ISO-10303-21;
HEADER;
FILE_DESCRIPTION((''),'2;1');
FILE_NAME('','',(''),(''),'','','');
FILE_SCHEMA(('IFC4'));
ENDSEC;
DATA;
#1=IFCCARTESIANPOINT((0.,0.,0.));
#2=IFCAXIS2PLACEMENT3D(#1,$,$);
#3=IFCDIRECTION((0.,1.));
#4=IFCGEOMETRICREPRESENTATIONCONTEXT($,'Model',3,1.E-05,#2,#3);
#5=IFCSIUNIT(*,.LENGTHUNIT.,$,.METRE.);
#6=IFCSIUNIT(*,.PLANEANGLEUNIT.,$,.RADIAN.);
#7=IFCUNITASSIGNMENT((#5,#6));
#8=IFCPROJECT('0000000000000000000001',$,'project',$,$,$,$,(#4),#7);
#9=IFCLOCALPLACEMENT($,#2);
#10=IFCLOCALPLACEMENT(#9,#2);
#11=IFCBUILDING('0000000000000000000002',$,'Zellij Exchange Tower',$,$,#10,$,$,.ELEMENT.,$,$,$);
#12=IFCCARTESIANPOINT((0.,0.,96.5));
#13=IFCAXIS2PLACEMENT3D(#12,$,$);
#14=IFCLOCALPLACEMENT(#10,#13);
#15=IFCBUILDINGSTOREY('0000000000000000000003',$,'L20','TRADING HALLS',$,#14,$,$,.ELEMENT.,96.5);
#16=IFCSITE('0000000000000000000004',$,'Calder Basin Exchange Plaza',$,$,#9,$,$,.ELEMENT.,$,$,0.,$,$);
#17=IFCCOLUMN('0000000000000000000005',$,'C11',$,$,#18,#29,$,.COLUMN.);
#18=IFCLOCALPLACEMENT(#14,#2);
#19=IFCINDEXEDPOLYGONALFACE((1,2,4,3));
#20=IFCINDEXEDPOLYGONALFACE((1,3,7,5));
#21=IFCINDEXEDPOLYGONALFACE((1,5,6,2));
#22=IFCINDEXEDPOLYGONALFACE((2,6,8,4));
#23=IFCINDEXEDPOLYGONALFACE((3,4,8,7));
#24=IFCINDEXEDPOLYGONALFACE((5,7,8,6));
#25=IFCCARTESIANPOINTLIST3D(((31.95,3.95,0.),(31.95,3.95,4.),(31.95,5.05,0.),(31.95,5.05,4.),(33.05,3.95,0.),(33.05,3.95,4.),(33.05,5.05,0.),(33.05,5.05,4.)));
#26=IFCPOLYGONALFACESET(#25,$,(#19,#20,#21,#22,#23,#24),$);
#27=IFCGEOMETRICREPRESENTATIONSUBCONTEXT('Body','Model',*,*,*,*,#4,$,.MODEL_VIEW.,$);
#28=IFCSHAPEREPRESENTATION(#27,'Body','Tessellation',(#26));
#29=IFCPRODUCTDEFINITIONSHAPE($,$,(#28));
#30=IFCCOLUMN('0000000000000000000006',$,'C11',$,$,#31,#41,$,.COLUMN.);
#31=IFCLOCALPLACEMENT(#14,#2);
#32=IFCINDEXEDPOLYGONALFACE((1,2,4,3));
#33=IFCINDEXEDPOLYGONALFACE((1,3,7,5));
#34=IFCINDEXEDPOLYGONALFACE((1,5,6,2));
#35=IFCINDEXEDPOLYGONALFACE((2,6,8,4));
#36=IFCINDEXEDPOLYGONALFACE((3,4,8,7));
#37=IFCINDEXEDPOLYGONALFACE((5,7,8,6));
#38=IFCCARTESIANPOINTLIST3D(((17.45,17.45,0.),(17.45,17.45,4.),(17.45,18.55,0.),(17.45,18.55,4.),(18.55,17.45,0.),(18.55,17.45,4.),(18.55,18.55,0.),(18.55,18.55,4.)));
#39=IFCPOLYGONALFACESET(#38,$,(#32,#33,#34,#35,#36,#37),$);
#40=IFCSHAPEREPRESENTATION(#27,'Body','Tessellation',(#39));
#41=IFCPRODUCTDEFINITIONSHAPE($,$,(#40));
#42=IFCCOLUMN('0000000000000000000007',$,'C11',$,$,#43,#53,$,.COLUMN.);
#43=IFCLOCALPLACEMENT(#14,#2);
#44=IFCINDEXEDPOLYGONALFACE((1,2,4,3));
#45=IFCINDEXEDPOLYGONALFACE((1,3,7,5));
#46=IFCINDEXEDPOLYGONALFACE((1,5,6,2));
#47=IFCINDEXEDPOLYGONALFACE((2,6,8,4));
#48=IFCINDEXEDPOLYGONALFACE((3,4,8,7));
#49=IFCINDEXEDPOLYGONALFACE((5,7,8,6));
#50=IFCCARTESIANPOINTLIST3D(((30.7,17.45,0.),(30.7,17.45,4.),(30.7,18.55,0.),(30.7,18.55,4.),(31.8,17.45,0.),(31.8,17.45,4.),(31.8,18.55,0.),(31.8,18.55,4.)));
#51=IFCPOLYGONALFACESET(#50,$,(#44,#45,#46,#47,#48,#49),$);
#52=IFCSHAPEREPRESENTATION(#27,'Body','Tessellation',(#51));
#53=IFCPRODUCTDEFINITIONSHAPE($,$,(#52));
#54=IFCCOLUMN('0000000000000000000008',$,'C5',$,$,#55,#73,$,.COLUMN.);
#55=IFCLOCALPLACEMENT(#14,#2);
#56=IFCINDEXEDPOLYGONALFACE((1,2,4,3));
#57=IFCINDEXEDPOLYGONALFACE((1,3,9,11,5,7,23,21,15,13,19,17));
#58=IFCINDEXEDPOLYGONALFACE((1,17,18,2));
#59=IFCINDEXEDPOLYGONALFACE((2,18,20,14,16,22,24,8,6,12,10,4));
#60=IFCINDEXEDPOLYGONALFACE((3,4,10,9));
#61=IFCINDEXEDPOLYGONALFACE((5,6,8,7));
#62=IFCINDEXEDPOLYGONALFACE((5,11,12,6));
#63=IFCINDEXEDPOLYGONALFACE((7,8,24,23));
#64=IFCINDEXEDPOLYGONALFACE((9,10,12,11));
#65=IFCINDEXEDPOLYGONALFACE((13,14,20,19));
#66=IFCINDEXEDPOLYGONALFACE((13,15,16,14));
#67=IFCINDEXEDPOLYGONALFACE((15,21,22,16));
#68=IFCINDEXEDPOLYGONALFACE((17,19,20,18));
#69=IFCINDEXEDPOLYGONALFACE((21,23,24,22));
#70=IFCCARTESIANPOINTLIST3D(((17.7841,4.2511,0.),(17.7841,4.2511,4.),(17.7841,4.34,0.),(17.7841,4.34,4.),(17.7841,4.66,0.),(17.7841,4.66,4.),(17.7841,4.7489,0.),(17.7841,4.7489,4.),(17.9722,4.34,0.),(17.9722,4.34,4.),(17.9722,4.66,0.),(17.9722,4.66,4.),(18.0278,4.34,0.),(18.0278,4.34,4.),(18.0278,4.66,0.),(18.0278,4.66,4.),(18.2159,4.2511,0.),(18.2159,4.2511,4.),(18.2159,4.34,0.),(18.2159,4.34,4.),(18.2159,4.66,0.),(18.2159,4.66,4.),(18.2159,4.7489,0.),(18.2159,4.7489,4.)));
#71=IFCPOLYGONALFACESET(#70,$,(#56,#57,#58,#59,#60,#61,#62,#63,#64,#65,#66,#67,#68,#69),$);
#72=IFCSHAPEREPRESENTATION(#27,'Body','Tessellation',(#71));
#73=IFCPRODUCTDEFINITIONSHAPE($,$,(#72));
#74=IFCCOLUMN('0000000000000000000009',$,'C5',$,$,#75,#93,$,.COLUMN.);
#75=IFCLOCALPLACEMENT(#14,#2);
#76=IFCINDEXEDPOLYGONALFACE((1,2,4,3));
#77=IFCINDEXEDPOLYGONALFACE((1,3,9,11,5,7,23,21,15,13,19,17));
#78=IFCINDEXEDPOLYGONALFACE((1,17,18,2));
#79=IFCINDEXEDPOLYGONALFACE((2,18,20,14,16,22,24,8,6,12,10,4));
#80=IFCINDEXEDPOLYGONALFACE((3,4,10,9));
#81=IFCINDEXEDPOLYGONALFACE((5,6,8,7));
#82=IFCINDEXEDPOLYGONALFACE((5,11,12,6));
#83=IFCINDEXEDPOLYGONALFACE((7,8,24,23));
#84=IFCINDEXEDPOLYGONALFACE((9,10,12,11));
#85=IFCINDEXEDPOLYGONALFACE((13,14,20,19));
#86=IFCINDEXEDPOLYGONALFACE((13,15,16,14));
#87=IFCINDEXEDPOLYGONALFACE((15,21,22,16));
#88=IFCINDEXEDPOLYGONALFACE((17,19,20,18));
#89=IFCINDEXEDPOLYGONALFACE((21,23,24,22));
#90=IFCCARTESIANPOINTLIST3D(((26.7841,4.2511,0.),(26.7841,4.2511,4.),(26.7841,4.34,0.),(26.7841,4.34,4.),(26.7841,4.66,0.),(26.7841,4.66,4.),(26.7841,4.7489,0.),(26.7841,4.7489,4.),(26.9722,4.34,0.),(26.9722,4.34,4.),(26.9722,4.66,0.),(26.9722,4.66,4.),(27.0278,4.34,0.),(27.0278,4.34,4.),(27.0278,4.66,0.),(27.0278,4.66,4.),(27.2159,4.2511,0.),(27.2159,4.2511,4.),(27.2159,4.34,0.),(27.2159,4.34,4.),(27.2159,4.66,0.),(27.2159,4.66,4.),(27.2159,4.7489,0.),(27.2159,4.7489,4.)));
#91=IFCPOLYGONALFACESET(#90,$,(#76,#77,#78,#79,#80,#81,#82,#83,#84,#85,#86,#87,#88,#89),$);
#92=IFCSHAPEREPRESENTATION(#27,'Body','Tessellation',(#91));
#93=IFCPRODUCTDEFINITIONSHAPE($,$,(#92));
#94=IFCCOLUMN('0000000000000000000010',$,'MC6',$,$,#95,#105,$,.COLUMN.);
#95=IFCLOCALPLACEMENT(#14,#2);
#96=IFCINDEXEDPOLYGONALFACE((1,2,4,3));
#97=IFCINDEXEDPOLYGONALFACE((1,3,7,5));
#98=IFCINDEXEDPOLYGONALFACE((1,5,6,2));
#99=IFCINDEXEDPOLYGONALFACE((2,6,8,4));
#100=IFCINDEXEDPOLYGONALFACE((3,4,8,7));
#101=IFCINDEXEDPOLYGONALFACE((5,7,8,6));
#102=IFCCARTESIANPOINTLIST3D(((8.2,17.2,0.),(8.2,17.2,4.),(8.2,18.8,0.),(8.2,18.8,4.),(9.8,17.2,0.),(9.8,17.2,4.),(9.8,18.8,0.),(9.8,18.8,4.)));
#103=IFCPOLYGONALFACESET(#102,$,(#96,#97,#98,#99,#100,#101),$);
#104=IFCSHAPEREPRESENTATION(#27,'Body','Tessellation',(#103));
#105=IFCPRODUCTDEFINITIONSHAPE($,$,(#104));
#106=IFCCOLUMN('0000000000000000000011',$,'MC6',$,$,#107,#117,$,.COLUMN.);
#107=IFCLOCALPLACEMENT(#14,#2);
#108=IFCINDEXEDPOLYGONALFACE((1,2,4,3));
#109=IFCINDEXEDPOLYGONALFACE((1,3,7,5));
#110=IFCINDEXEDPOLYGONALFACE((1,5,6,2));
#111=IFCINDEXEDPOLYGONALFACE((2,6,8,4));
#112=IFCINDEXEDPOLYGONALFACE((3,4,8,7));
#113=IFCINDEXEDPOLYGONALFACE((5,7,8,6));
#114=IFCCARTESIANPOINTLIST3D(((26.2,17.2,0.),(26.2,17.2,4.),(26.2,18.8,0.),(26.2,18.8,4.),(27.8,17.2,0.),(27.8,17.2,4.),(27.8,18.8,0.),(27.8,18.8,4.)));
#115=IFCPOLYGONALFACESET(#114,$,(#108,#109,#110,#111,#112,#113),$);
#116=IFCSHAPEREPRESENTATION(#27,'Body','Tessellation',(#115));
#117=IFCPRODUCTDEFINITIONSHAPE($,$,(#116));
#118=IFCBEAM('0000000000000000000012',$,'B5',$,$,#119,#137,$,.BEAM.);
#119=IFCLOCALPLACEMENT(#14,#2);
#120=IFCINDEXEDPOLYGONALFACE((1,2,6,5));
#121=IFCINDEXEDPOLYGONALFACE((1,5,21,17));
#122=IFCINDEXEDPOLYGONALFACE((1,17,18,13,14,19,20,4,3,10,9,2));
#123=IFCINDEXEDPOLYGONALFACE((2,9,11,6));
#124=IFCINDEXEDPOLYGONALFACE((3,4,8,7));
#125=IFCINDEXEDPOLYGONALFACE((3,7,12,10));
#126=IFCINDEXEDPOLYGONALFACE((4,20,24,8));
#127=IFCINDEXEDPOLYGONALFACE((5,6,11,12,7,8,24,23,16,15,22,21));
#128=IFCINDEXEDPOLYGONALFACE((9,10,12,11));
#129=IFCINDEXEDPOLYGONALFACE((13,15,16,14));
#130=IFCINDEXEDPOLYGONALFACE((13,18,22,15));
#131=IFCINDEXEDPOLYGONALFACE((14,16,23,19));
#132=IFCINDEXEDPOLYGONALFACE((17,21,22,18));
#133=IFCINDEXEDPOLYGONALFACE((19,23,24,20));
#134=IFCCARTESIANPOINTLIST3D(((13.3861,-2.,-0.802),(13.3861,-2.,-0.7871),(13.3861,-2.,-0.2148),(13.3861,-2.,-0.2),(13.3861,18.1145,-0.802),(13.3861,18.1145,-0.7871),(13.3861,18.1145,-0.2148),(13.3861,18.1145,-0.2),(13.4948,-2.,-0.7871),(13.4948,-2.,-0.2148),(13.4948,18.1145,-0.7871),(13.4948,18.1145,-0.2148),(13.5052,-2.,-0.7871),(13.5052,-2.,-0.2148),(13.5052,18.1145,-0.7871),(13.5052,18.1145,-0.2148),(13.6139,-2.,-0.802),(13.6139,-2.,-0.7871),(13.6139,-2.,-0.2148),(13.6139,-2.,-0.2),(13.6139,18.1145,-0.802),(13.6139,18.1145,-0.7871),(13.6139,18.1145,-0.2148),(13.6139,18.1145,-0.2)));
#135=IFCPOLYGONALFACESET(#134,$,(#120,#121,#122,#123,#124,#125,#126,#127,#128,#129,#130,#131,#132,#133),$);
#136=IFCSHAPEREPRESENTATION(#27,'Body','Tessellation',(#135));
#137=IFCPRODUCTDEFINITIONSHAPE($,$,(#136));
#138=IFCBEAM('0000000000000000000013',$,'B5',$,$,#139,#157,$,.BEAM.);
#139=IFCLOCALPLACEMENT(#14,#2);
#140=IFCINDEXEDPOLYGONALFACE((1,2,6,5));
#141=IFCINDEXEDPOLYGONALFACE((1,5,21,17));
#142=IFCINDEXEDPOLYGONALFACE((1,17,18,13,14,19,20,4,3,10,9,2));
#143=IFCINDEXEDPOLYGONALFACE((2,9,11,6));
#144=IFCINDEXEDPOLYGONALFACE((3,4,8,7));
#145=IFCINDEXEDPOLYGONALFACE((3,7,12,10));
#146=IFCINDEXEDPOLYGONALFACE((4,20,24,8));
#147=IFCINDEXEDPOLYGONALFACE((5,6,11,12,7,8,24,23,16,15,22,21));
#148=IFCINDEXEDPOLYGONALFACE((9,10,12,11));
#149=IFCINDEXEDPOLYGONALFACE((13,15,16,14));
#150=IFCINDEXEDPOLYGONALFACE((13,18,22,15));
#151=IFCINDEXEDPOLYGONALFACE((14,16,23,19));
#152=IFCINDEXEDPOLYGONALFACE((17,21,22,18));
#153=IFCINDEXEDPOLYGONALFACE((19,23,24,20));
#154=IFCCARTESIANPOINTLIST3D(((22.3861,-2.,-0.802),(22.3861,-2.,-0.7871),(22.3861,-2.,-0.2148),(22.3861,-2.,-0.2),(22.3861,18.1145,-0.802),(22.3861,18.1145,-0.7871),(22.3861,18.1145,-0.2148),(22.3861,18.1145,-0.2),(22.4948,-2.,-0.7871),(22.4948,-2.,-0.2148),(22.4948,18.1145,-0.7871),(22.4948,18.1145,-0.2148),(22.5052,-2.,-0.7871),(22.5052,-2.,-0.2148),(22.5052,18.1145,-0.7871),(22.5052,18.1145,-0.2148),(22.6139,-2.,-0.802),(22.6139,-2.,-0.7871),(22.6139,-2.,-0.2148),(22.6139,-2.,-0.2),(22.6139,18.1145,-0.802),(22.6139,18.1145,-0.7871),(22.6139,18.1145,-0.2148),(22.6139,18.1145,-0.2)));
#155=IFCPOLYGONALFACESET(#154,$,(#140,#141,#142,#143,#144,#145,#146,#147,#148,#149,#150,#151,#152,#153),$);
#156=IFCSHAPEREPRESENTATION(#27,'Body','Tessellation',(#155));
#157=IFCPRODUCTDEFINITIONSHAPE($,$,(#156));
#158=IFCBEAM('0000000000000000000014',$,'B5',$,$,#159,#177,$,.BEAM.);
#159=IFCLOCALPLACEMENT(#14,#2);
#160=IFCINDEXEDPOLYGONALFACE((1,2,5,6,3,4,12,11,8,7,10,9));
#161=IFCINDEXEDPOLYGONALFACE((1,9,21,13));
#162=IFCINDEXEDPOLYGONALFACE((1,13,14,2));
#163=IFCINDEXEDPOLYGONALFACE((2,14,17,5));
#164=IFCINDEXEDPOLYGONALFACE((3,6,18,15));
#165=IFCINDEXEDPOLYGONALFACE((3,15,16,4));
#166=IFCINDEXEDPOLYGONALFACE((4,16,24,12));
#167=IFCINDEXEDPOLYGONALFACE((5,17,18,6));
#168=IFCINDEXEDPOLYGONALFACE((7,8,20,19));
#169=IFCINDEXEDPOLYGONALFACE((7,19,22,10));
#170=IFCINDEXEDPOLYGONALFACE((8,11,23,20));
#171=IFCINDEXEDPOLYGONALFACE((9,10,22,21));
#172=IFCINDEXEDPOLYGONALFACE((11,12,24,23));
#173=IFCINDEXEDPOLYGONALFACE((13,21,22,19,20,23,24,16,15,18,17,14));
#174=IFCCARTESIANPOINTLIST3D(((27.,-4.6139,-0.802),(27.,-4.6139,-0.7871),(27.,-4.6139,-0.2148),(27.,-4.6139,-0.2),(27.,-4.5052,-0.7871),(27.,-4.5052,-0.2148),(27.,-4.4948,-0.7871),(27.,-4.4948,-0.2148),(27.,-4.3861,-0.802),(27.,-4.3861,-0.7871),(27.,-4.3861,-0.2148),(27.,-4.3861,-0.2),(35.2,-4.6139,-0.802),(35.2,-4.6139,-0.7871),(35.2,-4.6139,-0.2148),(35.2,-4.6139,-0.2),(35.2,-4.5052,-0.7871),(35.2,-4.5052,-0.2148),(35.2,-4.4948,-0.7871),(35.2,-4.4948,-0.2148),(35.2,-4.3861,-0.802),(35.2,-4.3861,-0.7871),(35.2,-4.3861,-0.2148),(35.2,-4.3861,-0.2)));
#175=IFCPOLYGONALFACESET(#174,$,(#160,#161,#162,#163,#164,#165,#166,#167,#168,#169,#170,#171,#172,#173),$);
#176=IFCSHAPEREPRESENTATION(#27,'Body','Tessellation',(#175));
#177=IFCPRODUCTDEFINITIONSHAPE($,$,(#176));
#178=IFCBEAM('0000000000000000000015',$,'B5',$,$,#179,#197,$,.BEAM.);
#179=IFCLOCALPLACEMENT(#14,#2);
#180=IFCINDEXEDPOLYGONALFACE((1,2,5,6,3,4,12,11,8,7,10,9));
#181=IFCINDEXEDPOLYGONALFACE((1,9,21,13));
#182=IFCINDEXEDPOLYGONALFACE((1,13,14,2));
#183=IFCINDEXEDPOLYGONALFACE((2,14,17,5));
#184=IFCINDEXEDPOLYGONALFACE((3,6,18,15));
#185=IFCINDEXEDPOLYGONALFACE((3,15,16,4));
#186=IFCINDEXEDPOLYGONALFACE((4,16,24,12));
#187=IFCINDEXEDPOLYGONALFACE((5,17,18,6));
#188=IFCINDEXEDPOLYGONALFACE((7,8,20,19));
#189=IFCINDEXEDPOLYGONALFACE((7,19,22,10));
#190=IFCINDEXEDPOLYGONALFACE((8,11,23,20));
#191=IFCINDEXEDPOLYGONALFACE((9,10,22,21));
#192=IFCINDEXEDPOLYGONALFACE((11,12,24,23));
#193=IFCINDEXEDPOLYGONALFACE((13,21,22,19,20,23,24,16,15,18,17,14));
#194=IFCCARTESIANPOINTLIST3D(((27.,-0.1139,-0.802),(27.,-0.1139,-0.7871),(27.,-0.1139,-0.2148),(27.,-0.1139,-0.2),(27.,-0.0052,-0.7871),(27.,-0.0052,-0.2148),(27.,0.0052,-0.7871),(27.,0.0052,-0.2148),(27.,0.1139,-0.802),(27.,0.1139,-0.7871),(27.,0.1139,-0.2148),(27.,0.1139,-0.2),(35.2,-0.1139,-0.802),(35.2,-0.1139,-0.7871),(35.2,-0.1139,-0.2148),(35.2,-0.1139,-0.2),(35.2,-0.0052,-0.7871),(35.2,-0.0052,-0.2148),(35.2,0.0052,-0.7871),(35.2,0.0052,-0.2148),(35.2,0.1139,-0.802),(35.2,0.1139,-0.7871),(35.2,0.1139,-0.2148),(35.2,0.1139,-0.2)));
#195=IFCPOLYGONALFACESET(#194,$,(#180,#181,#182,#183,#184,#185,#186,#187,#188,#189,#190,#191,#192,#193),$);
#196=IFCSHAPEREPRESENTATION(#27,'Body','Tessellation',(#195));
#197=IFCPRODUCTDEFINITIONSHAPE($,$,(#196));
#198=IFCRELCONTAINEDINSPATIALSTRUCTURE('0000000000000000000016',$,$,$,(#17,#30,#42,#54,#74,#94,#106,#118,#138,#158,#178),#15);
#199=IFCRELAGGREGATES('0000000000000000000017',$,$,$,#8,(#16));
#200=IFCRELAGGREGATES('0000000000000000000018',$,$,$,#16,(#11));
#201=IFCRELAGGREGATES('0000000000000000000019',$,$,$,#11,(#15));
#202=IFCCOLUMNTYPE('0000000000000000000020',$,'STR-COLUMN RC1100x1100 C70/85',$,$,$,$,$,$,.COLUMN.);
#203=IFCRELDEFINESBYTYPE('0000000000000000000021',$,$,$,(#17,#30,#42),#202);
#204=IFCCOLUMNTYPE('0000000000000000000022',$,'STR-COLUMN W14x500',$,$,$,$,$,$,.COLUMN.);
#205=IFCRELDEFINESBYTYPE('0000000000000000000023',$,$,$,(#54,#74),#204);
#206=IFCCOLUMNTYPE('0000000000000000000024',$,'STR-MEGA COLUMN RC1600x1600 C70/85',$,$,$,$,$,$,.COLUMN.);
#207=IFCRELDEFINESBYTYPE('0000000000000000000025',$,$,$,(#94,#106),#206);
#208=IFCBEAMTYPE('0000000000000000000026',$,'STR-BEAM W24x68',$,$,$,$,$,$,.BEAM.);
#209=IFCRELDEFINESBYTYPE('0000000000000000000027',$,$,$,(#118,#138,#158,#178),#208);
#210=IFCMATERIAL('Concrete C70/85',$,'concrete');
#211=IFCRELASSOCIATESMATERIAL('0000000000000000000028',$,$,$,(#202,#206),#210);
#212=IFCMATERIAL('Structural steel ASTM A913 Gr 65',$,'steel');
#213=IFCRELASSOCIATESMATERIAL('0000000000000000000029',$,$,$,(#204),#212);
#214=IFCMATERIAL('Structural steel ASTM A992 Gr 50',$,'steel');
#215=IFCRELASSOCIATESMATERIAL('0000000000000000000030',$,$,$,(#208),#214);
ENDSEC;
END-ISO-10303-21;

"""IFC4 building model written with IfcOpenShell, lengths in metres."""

from ifc_helpers import new_model, si_unit, direction, frame, origin, origin_2d, place, context, subcontext, project, spatial, rectangle, i_section, extrude, material, material_profile, profile_set, type_object, element, save


model = new_model("IFC4")

# Units and contexts
model_context = context("Model", 3, precision=1e-05, world=origin(), true_north=direction((0.0, 1.0)))
body_context = subcontext(model_context, "Body", "Model", "MODEL_VIEW")
ifc_project = project(units=[si_unit("LENGTHUNIT", "METRE"), si_unit("PLANEANGLEUNIT", "RADIAN")], contexts=[model_context])

# Site, building, storey
site_placement = place(None, origin())
site = spatial("IfcSite", under=ifc_project, at=site_placement, Name="Calder Basin Exchange Plaza", CompositionType="ELEMENT", RefElevation=0.0)
building_placement = place(site_placement, origin())
building = spatial("IfcBuilding", under=site, at=building_placement, Name="Zellij Exchange Tower", CompositionType="ELEMENT")
storey_placement = place(building_placement, frame((0.0, 0.0, 96.5)))
storey = spatial("IfcBuildingStorey", under=building, at=storey_placement, Name="L20", Description="TRADING HALLS", CompositionType="ELEMENT", Elevation=96.5)

# Columns
ifc_material_1 = material(Name="Concrete C70/85", Category="concrete")
ifc_material_profile_1 = material_profile(ifc_material_1, rectangle(XDim=1.1001, YDim=1.1001, at=origin_2d()), Name="STR-COLUMN RC1100x1100 C70/85")
ifc_profile_set_1 = profile_set([ifc_material_profile_1], Name="Concrete C70/85")
column_type_1 = type_object("IfcColumnType", Name="STR-COLUMN RC1100x1100 C70/85", PredefinedType="COLUMN", material=ifc_profile_set_1)
for number, where, z_axis, x_axis, name in (
    (1, (32.5, 4.5, 0.0), (0.0, 0.0, 1.0), (1.0, 0.0, 0.0), "C11"),
    (2, (18.0, 18.0, 0.0), (0.0, 0.0, 1.0), (1.0, 0.0, 0.0), "C11"),
    (3, (31.25, 18.0, 0.0), (0.0, 0.0, 1.0), (1.0, 0.0, 0.0), "C11"),
):
    element("IfcColumn", number, at=place(storey_placement, frame(where, z_axis=z_axis, x_axis=x_axis)), inside=storey, type_object=column_type_1, Name=name, PredefinedType="COLUMN", context=body_context, shape_type="SweptSolid", body=[
        extrude(rectangle(XDim=1.1001, YDim=1.1001, at=origin_2d()), origin(), (0.0, 0.0, 1.0), 4.0),
    ])
ifc_material_2 = material(Name="Structural steel ASTM A913 Gr 65", Category="steel")
ifc_material_profile_2 = material_profile(ifc_material_2, i_section(OverallWidth=0.4319, OverallDepth=0.4978, WebThickness=0.0557, FlangeThickness=0.0889, at=origin_2d()), Name="W14x500")
ifc_profile_set_2 = profile_set([ifc_material_profile_2], Name="Structural steel ASTM A913 Gr 65")
column_type_2 = type_object("IfcColumnType", Name="STR-COLUMN W14x500", PredefinedType="COLUMN", material=ifc_profile_set_2)
for number, where, z_axis, x_axis, name in (
    (4, (18.0, 4.5, 0.0), (0.0, 0.0, 1.0), (1.0, 0.0, 0.0), "C5"),
    (5, (27.0, 4.5, 0.0), (0.0, 0.0, 1.0), (1.0, 0.0, 0.0), "C5"),
):
    element("IfcColumn", number, at=place(storey_placement, frame(where, z_axis=z_axis, x_axis=x_axis)), inside=storey, type_object=column_type_2, Name=name, PredefinedType="COLUMN", context=body_context, shape_type="SweptSolid", body=[
        extrude(i_section(OverallWidth=0.4319, OverallDepth=0.4978, WebThickness=0.0557, FlangeThickness=0.0889, at=origin_2d()), origin(), (0.0, 0.0, 1.0), 4.0),
    ])
ifc_material_profile_3 = material_profile(ifc_material_1, rectangle(XDim=1.6001, YDim=1.6001, at=origin_2d()), Name="STR-MEGA COLUMN RC1600x1600 C70/85")
ifc_profile_set_3 = profile_set([ifc_material_profile_3], Name="Concrete C70/85")
column_type_3 = type_object("IfcColumnType", Name="STR-MEGA COLUMN RC1600x1600 C70/85", PredefinedType="COLUMN", material=ifc_profile_set_3)
for number, where, z_axis, x_axis, name in (
    (6, (9.0, 18.0, 0.0), (0.0, 0.0, 1.0), (1.0, 0.0, 0.0), "MC6"),
    (7, (27.0, 18.0, 0.0), (0.0, 0.0, 1.0), (1.0, 0.0, 0.0), "MC6"),
):
    element("IfcColumn", number, at=place(storey_placement, frame(where, z_axis=z_axis, x_axis=x_axis)), inside=storey, type_object=column_type_3, Name=name, PredefinedType="COLUMN", context=body_context, shape_type="SweptSolid", body=[
        extrude(rectangle(XDim=1.6001, YDim=1.6001, at=origin_2d()), origin(), (0.0, 0.0, 1.0), 4.0),
    ])

# Beams
ifc_material_3 = material(Name="Structural steel ASTM A992 Gr 50", Category="steel")
ifc_material_profile_4 = material_profile(ifc_material_3, i_section(OverallWidth=0.2278, OverallDepth=0.6021, WebThickness=0.0105, FlangeThickness=0.0149, at=origin_2d()), Name="W24x68")
ifc_profile_set_4 = profile_set([ifc_material_profile_4], Name="Structural steel ASTM A992 Gr 50")
beam_type_1 = type_object("IfcBeamType", Name="STR-BEAM W24x68", PredefinedType="BEAM", material=ifc_profile_set_4)
for number, where, z_axis, x_axis, name in (
    (8, (13.5, -2.0, -0.501), (0.0, 1.0, 0.0), (-1.0, 0.0, 0.0), "B5"),
    (9, (22.5, -2.0, -0.501), (0.0, 1.0, 0.0), (-1.0, 0.0, 0.0), "B5"),
):
    element("IfcBeam", number, at=place(storey_placement, frame(where, z_axis=z_axis, x_axis=x_axis)), inside=storey, type_object=beam_type_1, Name=name, PredefinedType="BEAM", context=body_context, shape_type="SweptSolid", body=[
        extrude(i_section(OverallWidth=0.2278, OverallDepth=0.6021, WebThickness=0.0105, FlangeThickness=0.0149, at=origin_2d()), origin(), (0.0, 0.0, 1.0), 20.1145),
    ])
for number, where, z_axis, x_axis, name in (
    (10, (27.0, -4.5, -0.501), (1.0, 0.0, 0.0), (0.0, 1.0, 0.0), "B5"),
    (11, (27.0, 0.0, -0.501), (1.0, 0.0, 0.0), (0.0, 1.0, 0.0), "B5"),
):
    element("IfcBeam", number, at=place(storey_placement, frame(where, z_axis=z_axis, x_axis=x_axis)), inside=storey, type_object=beam_type_1, Name=name, PredefinedType="BEAM", context=body_context, shape_type="SweptSolid", body=[
        extrude(i_section(OverallWidth=0.2278, OverallDepth=0.6021, WebThickness=0.0105, FlangeThickness=0.0149, at=origin_2d()), origin(), (0.0, 0.0, 1.0), 8.2),
    ])

save(model, "model.ifc")
